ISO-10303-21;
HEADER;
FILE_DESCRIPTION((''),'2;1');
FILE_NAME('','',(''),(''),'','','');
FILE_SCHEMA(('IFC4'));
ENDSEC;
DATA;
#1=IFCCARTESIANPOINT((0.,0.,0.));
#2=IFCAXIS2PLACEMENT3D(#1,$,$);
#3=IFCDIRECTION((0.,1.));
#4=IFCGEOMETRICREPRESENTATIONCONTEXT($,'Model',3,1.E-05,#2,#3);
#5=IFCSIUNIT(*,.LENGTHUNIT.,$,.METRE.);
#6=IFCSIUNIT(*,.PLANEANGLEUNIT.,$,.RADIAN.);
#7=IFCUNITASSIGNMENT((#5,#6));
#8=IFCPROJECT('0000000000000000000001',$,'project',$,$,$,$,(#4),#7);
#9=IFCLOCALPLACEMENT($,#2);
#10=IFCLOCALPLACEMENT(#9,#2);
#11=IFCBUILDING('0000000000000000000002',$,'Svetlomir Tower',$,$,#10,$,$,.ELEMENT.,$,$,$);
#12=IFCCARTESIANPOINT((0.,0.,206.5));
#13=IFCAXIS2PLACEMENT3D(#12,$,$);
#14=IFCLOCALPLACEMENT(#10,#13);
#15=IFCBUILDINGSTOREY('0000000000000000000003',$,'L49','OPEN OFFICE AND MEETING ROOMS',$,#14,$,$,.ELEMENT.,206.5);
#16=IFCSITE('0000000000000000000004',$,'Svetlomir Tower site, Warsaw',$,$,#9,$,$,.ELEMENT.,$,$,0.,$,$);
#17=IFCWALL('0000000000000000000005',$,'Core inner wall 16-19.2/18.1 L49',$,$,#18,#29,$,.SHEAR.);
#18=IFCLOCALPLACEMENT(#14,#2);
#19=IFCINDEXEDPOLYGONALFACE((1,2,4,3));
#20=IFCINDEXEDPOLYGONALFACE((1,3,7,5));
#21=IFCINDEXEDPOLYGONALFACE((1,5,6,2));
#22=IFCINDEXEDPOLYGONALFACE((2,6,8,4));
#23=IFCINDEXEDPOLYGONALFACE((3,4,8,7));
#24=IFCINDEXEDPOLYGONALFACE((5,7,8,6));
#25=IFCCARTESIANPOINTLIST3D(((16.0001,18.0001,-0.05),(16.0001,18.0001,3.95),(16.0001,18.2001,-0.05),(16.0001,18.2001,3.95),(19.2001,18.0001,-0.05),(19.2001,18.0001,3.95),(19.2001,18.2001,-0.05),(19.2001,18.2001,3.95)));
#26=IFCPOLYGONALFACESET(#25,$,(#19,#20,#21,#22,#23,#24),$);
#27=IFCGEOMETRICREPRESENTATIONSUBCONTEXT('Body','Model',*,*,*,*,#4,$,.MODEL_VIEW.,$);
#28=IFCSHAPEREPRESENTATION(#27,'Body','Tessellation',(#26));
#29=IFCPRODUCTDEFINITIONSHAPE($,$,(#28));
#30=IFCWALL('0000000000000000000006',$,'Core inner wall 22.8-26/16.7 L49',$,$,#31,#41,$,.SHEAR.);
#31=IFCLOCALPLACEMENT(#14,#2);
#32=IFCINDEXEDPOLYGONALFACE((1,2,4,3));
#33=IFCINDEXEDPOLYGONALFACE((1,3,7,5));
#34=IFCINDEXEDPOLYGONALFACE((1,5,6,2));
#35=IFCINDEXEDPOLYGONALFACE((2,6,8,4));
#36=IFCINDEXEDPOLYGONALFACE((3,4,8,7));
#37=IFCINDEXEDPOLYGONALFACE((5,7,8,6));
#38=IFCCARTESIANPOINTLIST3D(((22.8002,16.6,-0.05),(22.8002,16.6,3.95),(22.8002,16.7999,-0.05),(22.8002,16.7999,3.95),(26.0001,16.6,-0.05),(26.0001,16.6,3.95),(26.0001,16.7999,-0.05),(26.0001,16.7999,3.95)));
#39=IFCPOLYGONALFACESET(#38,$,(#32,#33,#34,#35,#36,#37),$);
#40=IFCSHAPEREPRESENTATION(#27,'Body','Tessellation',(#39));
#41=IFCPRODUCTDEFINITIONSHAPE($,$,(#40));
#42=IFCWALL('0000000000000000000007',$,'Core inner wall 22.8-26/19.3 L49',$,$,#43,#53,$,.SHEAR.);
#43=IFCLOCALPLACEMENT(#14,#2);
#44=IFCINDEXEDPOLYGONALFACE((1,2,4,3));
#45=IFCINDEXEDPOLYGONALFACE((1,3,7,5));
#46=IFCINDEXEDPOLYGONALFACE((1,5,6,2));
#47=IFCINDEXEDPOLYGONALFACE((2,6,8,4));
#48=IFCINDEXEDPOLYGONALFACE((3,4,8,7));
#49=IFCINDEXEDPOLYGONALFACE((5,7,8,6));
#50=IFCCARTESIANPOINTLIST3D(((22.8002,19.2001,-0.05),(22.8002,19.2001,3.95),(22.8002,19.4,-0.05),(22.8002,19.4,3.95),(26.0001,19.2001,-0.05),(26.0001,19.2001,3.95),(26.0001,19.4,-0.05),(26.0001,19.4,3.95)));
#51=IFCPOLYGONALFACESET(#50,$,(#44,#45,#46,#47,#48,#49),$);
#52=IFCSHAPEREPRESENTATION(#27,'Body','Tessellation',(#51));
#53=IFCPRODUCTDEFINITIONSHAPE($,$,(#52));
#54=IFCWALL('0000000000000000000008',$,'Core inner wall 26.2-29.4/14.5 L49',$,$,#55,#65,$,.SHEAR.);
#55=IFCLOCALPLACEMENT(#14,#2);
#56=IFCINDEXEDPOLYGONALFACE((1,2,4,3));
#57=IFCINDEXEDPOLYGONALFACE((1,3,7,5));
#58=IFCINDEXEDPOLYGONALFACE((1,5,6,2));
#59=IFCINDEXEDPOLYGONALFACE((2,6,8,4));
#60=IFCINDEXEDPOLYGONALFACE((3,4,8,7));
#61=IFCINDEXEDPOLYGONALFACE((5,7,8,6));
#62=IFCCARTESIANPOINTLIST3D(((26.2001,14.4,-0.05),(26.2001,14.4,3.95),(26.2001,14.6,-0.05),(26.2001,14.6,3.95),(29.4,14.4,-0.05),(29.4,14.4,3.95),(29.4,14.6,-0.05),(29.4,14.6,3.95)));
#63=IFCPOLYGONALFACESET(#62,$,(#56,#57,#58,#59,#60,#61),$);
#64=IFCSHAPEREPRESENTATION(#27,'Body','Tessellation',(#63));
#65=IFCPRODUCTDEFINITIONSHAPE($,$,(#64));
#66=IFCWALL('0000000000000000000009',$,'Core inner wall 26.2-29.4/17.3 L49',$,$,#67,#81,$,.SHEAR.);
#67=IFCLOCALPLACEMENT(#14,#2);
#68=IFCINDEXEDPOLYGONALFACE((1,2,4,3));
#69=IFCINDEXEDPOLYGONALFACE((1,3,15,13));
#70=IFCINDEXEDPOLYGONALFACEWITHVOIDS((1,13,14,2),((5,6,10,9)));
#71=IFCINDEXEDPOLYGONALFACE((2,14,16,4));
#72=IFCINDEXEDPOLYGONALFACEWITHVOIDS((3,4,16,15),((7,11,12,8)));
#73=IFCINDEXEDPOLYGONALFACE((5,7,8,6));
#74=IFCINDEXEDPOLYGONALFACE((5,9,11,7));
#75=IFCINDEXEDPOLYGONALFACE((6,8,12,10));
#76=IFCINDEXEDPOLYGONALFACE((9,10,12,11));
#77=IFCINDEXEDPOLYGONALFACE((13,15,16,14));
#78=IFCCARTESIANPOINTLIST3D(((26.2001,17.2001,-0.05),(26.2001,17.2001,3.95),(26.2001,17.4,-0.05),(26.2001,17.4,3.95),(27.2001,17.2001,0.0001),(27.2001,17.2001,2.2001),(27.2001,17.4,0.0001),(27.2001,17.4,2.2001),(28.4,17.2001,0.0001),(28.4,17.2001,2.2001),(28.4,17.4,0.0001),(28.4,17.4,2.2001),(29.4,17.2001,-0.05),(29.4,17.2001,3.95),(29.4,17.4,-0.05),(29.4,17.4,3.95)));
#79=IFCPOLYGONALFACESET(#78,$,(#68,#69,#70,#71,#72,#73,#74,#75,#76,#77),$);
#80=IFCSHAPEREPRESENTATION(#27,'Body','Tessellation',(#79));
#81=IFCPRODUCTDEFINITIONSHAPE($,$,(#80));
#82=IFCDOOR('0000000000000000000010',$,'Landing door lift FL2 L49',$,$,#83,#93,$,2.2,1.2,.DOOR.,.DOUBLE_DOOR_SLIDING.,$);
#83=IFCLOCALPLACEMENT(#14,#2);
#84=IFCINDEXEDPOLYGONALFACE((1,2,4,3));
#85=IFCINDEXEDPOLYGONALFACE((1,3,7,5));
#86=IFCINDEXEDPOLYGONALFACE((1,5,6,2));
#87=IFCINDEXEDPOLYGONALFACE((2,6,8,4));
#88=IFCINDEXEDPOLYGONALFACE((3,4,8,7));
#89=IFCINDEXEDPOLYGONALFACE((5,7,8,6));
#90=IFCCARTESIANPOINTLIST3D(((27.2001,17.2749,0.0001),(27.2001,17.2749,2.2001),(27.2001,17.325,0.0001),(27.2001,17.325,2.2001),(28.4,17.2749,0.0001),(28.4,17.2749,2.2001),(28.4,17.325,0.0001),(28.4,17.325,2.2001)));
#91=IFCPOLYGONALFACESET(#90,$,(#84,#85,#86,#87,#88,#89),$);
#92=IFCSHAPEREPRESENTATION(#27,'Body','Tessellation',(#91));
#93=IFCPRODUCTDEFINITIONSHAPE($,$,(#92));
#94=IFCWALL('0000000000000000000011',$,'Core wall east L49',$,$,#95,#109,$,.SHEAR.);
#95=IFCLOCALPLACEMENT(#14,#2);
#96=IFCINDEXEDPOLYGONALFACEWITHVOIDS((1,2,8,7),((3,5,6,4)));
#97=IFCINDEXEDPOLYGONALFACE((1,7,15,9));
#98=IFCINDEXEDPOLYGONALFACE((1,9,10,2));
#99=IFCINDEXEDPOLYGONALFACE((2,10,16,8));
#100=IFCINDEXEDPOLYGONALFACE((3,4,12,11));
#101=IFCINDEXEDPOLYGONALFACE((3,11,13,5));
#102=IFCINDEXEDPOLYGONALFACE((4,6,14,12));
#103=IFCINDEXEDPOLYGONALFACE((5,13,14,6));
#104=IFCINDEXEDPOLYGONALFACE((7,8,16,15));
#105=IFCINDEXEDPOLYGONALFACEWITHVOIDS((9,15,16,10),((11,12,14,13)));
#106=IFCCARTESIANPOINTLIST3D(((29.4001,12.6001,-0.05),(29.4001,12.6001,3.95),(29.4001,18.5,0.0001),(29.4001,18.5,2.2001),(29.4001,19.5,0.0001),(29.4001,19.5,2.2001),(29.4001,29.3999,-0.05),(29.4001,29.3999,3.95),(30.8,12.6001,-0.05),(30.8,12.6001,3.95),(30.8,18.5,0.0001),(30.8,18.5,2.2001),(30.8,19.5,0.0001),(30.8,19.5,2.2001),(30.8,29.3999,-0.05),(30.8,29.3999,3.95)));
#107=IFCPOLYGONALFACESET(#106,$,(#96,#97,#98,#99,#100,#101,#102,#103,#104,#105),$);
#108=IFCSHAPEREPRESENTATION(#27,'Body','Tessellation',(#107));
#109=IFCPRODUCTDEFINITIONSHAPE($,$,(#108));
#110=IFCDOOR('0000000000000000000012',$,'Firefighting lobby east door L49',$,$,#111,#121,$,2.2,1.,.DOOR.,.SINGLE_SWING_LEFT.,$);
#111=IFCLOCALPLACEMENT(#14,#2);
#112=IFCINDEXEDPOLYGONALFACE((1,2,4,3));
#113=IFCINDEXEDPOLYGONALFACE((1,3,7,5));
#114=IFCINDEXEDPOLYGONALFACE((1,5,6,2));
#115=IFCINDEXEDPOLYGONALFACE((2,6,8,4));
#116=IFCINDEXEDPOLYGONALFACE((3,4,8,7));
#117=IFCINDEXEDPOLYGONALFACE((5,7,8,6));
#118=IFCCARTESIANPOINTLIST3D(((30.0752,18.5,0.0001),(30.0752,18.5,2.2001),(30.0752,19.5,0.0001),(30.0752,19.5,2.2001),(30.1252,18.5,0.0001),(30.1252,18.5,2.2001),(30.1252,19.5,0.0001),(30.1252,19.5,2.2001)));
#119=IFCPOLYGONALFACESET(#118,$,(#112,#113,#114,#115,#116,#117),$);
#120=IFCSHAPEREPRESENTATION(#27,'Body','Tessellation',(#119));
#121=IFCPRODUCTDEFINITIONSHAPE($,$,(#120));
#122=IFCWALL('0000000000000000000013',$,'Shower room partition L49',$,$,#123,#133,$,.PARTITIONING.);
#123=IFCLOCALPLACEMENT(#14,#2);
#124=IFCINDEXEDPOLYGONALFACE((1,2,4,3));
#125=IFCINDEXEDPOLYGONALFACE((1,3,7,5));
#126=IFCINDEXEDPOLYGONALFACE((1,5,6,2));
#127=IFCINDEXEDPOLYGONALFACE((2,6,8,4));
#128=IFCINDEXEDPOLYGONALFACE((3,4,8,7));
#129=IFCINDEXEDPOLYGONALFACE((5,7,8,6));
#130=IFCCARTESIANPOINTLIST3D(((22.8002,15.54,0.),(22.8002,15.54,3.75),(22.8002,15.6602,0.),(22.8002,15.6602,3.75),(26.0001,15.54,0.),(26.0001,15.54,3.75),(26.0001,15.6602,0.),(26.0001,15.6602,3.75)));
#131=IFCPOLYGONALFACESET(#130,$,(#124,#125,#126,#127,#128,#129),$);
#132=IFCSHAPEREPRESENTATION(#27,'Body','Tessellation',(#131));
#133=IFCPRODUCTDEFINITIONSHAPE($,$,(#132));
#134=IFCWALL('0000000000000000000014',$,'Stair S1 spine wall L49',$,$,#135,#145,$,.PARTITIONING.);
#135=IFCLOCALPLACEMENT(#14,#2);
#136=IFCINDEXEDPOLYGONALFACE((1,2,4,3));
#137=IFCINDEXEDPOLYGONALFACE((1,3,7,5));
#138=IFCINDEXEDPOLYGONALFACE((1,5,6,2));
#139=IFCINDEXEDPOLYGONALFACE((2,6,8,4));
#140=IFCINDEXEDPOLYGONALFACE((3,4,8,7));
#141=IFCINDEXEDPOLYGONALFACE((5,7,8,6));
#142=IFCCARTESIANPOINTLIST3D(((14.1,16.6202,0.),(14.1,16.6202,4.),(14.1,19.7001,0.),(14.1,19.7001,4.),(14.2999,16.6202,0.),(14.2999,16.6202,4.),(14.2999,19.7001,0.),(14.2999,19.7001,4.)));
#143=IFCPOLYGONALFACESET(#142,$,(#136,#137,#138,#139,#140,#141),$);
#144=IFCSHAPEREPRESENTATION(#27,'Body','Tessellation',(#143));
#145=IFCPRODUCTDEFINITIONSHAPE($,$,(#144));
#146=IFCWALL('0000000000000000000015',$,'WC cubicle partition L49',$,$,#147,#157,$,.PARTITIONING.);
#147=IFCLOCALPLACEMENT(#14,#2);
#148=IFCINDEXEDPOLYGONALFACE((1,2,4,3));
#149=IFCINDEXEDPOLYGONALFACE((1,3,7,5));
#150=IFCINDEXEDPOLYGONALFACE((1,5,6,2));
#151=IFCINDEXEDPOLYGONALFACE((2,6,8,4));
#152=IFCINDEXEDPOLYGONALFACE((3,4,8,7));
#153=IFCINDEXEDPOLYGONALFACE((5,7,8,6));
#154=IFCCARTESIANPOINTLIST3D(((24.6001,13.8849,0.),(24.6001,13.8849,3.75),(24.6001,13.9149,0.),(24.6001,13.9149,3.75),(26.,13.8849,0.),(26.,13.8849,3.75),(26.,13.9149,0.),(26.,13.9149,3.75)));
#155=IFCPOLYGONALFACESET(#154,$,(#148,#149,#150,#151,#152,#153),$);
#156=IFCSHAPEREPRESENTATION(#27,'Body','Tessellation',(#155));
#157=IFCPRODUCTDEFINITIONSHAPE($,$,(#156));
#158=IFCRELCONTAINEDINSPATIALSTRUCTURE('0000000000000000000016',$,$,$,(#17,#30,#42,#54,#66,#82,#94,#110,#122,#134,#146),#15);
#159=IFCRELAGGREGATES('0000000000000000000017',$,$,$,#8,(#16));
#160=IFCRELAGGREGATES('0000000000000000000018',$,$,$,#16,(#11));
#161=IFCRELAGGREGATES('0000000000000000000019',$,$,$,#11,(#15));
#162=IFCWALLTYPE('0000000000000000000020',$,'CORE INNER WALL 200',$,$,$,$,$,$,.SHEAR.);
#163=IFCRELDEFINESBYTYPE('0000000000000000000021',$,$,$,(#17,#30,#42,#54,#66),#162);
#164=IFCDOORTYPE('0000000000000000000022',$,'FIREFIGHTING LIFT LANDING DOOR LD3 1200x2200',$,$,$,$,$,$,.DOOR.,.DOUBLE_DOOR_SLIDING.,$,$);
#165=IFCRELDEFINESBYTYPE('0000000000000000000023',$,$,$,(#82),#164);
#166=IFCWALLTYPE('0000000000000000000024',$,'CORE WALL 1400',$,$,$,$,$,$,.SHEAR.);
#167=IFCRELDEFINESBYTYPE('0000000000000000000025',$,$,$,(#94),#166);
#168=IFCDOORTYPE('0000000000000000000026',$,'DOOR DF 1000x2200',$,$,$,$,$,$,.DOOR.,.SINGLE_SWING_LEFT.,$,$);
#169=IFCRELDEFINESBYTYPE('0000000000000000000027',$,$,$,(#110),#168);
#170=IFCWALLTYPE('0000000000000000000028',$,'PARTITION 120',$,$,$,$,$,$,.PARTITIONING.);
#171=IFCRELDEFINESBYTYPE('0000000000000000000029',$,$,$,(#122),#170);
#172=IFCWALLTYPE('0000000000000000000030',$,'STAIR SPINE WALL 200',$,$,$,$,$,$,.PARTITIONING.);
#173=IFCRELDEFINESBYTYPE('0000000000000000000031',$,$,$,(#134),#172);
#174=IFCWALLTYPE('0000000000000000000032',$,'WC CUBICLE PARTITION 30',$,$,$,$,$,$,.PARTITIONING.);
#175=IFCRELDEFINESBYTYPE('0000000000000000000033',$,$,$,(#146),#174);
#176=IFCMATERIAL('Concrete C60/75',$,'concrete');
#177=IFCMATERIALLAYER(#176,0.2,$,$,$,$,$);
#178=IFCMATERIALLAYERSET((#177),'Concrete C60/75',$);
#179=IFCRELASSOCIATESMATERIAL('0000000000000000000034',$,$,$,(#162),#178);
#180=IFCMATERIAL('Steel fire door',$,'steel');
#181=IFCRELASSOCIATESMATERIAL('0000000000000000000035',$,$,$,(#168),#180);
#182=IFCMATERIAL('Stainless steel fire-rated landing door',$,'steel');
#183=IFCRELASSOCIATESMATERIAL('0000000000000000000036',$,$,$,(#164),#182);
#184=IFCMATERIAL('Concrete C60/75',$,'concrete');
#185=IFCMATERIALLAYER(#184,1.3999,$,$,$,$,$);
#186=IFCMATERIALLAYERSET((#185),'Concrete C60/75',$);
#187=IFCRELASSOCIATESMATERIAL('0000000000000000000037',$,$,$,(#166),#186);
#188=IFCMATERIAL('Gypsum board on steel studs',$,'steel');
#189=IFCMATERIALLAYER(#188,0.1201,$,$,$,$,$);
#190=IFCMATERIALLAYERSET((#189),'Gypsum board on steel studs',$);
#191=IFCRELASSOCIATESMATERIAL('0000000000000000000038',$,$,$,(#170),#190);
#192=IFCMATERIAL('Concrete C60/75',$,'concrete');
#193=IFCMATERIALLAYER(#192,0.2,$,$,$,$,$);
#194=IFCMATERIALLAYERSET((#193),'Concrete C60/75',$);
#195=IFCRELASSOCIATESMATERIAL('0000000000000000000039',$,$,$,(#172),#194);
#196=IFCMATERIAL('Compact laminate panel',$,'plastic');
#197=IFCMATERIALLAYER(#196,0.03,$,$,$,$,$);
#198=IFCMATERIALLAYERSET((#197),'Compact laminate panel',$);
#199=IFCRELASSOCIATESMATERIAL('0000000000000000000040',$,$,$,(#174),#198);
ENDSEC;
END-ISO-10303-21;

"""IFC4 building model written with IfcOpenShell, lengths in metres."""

from ifc_helpers import new_model, si_unit, direction, frame, frame_2d, origin, place, context, subcontext, project, spatial, rectangle, extrude, material, layer, layer_set, type_object, element, fill, save


model = new_model("IFC4")

# Units and contexts
model_context = context("Model", 3, precision=1e-05, world=origin(), true_north=direction((0.0, 1.0)))
body_context = subcontext(model_context, "Body", "Model", "MODEL_VIEW")
ifc_project = project(units=[si_unit("LENGTHUNIT", "METRE"), si_unit("PLANEANGLEUNIT", "RADIAN")], contexts=[model_context])

# Site, building, storey
site_placement = place(None, origin())
site = spatial("IfcSite", under=ifc_project, at=site_placement, Name="Svetlomir Tower site, Warsaw", CompositionType="ELEMENT", RefElevation=0.0)
building_placement = place(site_placement, origin())
building = spatial("IfcBuilding", under=site, at=building_placement, Name="Svetlomir Tower", CompositionType="ELEMENT")
storey_placement = place(building_placement, frame((0.0, 0.0, 206.5)))
storey = spatial("IfcBuildingStorey", under=building, at=storey_placement, Name="L49", Description="OPEN OFFICE AND MEETING ROOMS", CompositionType="ELEMENT", Elevation=206.5)

# Shared definitions
ifc_material_1 = material(Name="Concrete C60/75", Category="concrete")
ifc_layer_1 = layer(ifc_material_1, 0.2)
ifc_layer_set_1 = layer_set([ifc_layer_1], Name="Concrete C60/75")
wall_type_1 = type_object("IfcWallType", Name="CORE INNER WALL 200", PredefinedType="SHEAR", material=ifc_layer_set_1)

# Shared definitions
ifc_material_2 = material(Name="Steel fire door", Category="steel")
door_type_1 = type_object("IfcDoorType", Name="DOOR DF 1000x2200", OperationType="SINGLE_SWING_LEFT", PredefinedType="DOOR", material=ifc_material_2)

# Walls
for number, where, z_axis, x_axis, name in (
    (1, (16.0, 18.1001, -0.05), (0.0, 0.0, 1.0), (1.0, 0.0, 0.0), "Core inner wall 16-19.2/18.1 L49"),
    (2, (22.8, 16.7, -0.05), (0.0, 0.0, 1.0), (1.0, 0.0, 0.0), "Core inner wall 22.8-26/16.7 L49"),
    (3, (22.8, 19.3, -0.05), (0.0, 0.0, 1.0), (1.0, 0.0, 0.0), "Core inner wall 22.8-26/19.3 L49"),
    (4, (26.2, 14.5, -0.05), (0.0, 0.0, 1.0), (1.0, 0.0, 0.0), "Core inner wall 26.2-29.4/14.5 L49"),
):
    element("IfcWall", number, at=place(storey_placement, frame(where, z_axis=z_axis, x_axis=x_axis)), inside=storey, type_object=wall_type_1, Name=name, PredefinedType="SHEAR", context=body_context, shape_type="SweptSolid", body=[
        extrude(rectangle(XDim=3.2, YDim=0.2, at=frame_2d((1.6001, 0.0))), origin(), (0.0, 0.0, 1.0), 4.0),
    ])

# Walls, openings, doors
wall_1_placement = place(storey_placement, frame((26.2, 17.3, -0.05), z_axis=(0.0, 0.0, 1.0), x_axis=(1.0, 0.0, 0.0)))
wall_1 = element("IfcWall", 5, at=wall_1_placement, inside=storey, type_object=wall_type_1, Name="Core inner wall 26.2-29.4/17.3 L49", PredefinedType="SHEAR", context=body_context, shape_type="SweptSolid", body=[
    extrude(rectangle(XDim=3.2, YDim=0.2, at=frame_2d((1.6001, 0.0))), origin(), (0.0, 0.0, 1.0), 4.0),
])
opening_1_placement = place(wall_1_placement, frame((1.0, 0.0, 0.05)))
opening_1 = element("IfcOpeningElement", 6, at=opening_1_placement, cuts=wall_1, PredefinedType="OPENING", context=body_context, shape_type="SweptSolid", body=[
    extrude(rectangle(XDim=1.2, YDim=2.2, at=frame_2d((0.6001, 1.1001))), frame((0.0, 0.1099, 0.0), z_axis=(0.0, -1.0, 0.0), x_axis=(1.0, 0.0, 0.0)), (0.0, 0.0, 1.0), 0.22),
])
ifc_material_3 = material(Name="Stainless steel fire-rated landing door", Category="steel")
door_type_2 = type_object("IfcDoorType", Name="FIREFIGHTING LIFT LANDING DOOR LD3 1200x2200", OperationType="DOUBLE_DOOR_SLIDING", PredefinedType="DOOR", material=ifc_material_3)
door_1_placement = place(opening_1_placement, origin())
door_1 = element("IfcDoor", 7, at=door_1_placement, inside=storey, type_object=door_type_2, Name="Landing door lift FL2 L49", OperationType="DOUBLE_DOOR_SLIDING", OverallHeight=2.2, OverallWidth=1.2, PredefinedType="DOOR", context=body_context, shape_type="SweptSolid", body=[
    extrude(rectangle(XDim=1.2, YDim=2.2, at=frame_2d((0.6001, 1.1001))), frame((0.0, 0.0249, 0.0), z_axis=(0.0, -1.0, 0.0), x_axis=(1.0, 0.0, 0.0)), (0.0, 0.0, 1.0), 0.05),
])
fill(opening_1, door_1)
ifc_material_4 = material(Name="Concrete C60/75", Category="concrete")
ifc_layer_2 = layer(ifc_material_4, 1.3999)
ifc_layer_set_2 = layer_set([ifc_layer_2], Name="Concrete C60/75")
wall_type_2 = type_object("IfcWallType", Name="CORE WALL 1400", PredefinedType="SHEAR", material=ifc_layer_set_2)
wall_2_placement = place(storey_placement, frame((30.1001, 12.6001, -0.05), z_axis=(0.0, 0.0, 1.0), x_axis=(0.0, 1.0, 0.0)))
wall_2 = element("IfcWall", 8, at=wall_2_placement, inside=storey, type_object=wall_type_2, Name="Core wall east L49", PredefinedType="SHEAR", context=body_context, shape_type="SweptSolid", body=[
    extrude(rectangle(XDim=16.7998, YDim=1.3999, at=frame_2d((8.3999, 0.0))), origin(), (0.0, 0.0, 1.0), 4.0),
])
opening_2_placement = place(wall_2_placement, frame((5.8999, 0.0, 0.05)))
opening_2 = element("IfcOpeningElement", 9, at=opening_2_placement, cuts=wall_2, PredefinedType="OPENING", context=body_context, shape_type="SweptSolid", body=[
    extrude(rectangle(XDim=1.0, YDim=2.2, at=frame_2d((0.5, 1.1001))), frame((0.0, 0.71, 0.0), z_axis=(0.0, -1.0, 0.0), x_axis=(1.0, 0.0, 0.0)), (0.0, 0.0, 1.0), 1.4199),
])
door_2_placement = place(opening_2_placement, origin())
door_2 = element("IfcDoor", 10, at=door_2_placement, inside=storey, type_object=door_type_1, Name="Firefighting lobby east door L49", OperationType="SINGLE_SWING_LEFT", OverallHeight=2.2, OverallWidth=1.0, PredefinedType="DOOR", context=body_context, shape_type="SweptSolid", body=[
    extrude(rectangle(XDim=1.0, YDim=2.2, at=frame_2d((0.5, 1.1001))), frame((0.0, 0.0249, 0.0), z_axis=(0.0, -1.0, 0.0), x_axis=(1.0, 0.0, 0.0)), (0.0, 0.0, 1.0), 0.05),
])
fill(opening_2, door_2)

# Walls
ifc_material_5 = material(Name="Gypsum board on steel studs", Category="steel")
ifc_layer_3 = layer(ifc_material_5, 0.1201)
ifc_layer_set_3 = layer_set([ifc_layer_3], Name="Gypsum board on steel studs")
wall_type_3 = type_object("IfcWallType", Name="PARTITION 120", PredefinedType="PARTITIONING", material=ifc_layer_set_3)
wall_3_placement = place(storey_placement, frame((22.8, 15.6001, 0.0), z_axis=(0.0, 0.0, 1.0), x_axis=(1.0, 0.0, 0.0)))
element("IfcWall", 11, at=wall_3_placement, inside=storey, type_object=wall_type_3, Name="Shower room partition L49", PredefinedType="PARTITIONING", context=body_context, shape_type="SweptSolid", body=[
    extrude(rectangle(XDim=3.2, YDim=0.1201, at=frame_2d((1.6001, 0.0))), origin(), (0.0, 0.0, 1.0), 3.75),
])
ifc_material_6 = material(Name="Concrete C60/75", Category="concrete")
ifc_layer_4 = layer(ifc_material_6, 0.2)
ifc_layer_set_4 = layer_set([ifc_layer_4], Name="Concrete C60/75")
wall_type_4 = type_object("IfcWallType", Name="STAIR SPINE WALL 200", PredefinedType="PARTITIONING", material=ifc_layer_set_4)
wall_4_placement = place(storey_placement, frame((14.2, 16.6201, 0.0), z_axis=(0.0, 0.0, 1.0), x_axis=(0.0, 1.0, 0.0)))
element("IfcWall", 12, at=wall_4_placement, inside=storey, type_object=wall_type_4, Name="Stair S1 spine wall L49", PredefinedType="PARTITIONING", context=body_context, shape_type="SweptSolid", body=[
    extrude(rectangle(XDim=3.0798, YDim=0.2, at=frame_2d((1.54, 0.0))), origin(), (0.0, 0.0, 1.0), 4.0),
])
ifc_material_7 = material(Name="Compact laminate panel", Category="plastic")
ifc_layer_5 = layer(ifc_material_7, 0.03)
ifc_layer_set_5 = layer_set([ifc_layer_5], Name="Compact laminate panel")
wall_type_5 = type_object("IfcWallType", Name="WC CUBICLE PARTITION 30", PredefinedType="PARTITIONING", material=ifc_layer_set_5)
wall_5_placement = place(storey_placement, frame((24.6001, 13.8999, 0.0), z_axis=(0.0, 0.0, 1.0), x_axis=(1.0, 0.0, 0.0)))
element("IfcWall", 13, at=wall_5_placement, inside=storey, type_object=wall_type_5, Name="WC cubicle partition L49", PredefinedType="PARTITIONING", context=body_context, shape_type="SweptSolid", body=[
    extrude(rectangle(XDim=1.3999, YDim=0.03, at=frame_2d((0.7, 0.0))), origin(), (0.0, 0.0, 1.0), 3.75),
])

save(model, "model.ifc")
